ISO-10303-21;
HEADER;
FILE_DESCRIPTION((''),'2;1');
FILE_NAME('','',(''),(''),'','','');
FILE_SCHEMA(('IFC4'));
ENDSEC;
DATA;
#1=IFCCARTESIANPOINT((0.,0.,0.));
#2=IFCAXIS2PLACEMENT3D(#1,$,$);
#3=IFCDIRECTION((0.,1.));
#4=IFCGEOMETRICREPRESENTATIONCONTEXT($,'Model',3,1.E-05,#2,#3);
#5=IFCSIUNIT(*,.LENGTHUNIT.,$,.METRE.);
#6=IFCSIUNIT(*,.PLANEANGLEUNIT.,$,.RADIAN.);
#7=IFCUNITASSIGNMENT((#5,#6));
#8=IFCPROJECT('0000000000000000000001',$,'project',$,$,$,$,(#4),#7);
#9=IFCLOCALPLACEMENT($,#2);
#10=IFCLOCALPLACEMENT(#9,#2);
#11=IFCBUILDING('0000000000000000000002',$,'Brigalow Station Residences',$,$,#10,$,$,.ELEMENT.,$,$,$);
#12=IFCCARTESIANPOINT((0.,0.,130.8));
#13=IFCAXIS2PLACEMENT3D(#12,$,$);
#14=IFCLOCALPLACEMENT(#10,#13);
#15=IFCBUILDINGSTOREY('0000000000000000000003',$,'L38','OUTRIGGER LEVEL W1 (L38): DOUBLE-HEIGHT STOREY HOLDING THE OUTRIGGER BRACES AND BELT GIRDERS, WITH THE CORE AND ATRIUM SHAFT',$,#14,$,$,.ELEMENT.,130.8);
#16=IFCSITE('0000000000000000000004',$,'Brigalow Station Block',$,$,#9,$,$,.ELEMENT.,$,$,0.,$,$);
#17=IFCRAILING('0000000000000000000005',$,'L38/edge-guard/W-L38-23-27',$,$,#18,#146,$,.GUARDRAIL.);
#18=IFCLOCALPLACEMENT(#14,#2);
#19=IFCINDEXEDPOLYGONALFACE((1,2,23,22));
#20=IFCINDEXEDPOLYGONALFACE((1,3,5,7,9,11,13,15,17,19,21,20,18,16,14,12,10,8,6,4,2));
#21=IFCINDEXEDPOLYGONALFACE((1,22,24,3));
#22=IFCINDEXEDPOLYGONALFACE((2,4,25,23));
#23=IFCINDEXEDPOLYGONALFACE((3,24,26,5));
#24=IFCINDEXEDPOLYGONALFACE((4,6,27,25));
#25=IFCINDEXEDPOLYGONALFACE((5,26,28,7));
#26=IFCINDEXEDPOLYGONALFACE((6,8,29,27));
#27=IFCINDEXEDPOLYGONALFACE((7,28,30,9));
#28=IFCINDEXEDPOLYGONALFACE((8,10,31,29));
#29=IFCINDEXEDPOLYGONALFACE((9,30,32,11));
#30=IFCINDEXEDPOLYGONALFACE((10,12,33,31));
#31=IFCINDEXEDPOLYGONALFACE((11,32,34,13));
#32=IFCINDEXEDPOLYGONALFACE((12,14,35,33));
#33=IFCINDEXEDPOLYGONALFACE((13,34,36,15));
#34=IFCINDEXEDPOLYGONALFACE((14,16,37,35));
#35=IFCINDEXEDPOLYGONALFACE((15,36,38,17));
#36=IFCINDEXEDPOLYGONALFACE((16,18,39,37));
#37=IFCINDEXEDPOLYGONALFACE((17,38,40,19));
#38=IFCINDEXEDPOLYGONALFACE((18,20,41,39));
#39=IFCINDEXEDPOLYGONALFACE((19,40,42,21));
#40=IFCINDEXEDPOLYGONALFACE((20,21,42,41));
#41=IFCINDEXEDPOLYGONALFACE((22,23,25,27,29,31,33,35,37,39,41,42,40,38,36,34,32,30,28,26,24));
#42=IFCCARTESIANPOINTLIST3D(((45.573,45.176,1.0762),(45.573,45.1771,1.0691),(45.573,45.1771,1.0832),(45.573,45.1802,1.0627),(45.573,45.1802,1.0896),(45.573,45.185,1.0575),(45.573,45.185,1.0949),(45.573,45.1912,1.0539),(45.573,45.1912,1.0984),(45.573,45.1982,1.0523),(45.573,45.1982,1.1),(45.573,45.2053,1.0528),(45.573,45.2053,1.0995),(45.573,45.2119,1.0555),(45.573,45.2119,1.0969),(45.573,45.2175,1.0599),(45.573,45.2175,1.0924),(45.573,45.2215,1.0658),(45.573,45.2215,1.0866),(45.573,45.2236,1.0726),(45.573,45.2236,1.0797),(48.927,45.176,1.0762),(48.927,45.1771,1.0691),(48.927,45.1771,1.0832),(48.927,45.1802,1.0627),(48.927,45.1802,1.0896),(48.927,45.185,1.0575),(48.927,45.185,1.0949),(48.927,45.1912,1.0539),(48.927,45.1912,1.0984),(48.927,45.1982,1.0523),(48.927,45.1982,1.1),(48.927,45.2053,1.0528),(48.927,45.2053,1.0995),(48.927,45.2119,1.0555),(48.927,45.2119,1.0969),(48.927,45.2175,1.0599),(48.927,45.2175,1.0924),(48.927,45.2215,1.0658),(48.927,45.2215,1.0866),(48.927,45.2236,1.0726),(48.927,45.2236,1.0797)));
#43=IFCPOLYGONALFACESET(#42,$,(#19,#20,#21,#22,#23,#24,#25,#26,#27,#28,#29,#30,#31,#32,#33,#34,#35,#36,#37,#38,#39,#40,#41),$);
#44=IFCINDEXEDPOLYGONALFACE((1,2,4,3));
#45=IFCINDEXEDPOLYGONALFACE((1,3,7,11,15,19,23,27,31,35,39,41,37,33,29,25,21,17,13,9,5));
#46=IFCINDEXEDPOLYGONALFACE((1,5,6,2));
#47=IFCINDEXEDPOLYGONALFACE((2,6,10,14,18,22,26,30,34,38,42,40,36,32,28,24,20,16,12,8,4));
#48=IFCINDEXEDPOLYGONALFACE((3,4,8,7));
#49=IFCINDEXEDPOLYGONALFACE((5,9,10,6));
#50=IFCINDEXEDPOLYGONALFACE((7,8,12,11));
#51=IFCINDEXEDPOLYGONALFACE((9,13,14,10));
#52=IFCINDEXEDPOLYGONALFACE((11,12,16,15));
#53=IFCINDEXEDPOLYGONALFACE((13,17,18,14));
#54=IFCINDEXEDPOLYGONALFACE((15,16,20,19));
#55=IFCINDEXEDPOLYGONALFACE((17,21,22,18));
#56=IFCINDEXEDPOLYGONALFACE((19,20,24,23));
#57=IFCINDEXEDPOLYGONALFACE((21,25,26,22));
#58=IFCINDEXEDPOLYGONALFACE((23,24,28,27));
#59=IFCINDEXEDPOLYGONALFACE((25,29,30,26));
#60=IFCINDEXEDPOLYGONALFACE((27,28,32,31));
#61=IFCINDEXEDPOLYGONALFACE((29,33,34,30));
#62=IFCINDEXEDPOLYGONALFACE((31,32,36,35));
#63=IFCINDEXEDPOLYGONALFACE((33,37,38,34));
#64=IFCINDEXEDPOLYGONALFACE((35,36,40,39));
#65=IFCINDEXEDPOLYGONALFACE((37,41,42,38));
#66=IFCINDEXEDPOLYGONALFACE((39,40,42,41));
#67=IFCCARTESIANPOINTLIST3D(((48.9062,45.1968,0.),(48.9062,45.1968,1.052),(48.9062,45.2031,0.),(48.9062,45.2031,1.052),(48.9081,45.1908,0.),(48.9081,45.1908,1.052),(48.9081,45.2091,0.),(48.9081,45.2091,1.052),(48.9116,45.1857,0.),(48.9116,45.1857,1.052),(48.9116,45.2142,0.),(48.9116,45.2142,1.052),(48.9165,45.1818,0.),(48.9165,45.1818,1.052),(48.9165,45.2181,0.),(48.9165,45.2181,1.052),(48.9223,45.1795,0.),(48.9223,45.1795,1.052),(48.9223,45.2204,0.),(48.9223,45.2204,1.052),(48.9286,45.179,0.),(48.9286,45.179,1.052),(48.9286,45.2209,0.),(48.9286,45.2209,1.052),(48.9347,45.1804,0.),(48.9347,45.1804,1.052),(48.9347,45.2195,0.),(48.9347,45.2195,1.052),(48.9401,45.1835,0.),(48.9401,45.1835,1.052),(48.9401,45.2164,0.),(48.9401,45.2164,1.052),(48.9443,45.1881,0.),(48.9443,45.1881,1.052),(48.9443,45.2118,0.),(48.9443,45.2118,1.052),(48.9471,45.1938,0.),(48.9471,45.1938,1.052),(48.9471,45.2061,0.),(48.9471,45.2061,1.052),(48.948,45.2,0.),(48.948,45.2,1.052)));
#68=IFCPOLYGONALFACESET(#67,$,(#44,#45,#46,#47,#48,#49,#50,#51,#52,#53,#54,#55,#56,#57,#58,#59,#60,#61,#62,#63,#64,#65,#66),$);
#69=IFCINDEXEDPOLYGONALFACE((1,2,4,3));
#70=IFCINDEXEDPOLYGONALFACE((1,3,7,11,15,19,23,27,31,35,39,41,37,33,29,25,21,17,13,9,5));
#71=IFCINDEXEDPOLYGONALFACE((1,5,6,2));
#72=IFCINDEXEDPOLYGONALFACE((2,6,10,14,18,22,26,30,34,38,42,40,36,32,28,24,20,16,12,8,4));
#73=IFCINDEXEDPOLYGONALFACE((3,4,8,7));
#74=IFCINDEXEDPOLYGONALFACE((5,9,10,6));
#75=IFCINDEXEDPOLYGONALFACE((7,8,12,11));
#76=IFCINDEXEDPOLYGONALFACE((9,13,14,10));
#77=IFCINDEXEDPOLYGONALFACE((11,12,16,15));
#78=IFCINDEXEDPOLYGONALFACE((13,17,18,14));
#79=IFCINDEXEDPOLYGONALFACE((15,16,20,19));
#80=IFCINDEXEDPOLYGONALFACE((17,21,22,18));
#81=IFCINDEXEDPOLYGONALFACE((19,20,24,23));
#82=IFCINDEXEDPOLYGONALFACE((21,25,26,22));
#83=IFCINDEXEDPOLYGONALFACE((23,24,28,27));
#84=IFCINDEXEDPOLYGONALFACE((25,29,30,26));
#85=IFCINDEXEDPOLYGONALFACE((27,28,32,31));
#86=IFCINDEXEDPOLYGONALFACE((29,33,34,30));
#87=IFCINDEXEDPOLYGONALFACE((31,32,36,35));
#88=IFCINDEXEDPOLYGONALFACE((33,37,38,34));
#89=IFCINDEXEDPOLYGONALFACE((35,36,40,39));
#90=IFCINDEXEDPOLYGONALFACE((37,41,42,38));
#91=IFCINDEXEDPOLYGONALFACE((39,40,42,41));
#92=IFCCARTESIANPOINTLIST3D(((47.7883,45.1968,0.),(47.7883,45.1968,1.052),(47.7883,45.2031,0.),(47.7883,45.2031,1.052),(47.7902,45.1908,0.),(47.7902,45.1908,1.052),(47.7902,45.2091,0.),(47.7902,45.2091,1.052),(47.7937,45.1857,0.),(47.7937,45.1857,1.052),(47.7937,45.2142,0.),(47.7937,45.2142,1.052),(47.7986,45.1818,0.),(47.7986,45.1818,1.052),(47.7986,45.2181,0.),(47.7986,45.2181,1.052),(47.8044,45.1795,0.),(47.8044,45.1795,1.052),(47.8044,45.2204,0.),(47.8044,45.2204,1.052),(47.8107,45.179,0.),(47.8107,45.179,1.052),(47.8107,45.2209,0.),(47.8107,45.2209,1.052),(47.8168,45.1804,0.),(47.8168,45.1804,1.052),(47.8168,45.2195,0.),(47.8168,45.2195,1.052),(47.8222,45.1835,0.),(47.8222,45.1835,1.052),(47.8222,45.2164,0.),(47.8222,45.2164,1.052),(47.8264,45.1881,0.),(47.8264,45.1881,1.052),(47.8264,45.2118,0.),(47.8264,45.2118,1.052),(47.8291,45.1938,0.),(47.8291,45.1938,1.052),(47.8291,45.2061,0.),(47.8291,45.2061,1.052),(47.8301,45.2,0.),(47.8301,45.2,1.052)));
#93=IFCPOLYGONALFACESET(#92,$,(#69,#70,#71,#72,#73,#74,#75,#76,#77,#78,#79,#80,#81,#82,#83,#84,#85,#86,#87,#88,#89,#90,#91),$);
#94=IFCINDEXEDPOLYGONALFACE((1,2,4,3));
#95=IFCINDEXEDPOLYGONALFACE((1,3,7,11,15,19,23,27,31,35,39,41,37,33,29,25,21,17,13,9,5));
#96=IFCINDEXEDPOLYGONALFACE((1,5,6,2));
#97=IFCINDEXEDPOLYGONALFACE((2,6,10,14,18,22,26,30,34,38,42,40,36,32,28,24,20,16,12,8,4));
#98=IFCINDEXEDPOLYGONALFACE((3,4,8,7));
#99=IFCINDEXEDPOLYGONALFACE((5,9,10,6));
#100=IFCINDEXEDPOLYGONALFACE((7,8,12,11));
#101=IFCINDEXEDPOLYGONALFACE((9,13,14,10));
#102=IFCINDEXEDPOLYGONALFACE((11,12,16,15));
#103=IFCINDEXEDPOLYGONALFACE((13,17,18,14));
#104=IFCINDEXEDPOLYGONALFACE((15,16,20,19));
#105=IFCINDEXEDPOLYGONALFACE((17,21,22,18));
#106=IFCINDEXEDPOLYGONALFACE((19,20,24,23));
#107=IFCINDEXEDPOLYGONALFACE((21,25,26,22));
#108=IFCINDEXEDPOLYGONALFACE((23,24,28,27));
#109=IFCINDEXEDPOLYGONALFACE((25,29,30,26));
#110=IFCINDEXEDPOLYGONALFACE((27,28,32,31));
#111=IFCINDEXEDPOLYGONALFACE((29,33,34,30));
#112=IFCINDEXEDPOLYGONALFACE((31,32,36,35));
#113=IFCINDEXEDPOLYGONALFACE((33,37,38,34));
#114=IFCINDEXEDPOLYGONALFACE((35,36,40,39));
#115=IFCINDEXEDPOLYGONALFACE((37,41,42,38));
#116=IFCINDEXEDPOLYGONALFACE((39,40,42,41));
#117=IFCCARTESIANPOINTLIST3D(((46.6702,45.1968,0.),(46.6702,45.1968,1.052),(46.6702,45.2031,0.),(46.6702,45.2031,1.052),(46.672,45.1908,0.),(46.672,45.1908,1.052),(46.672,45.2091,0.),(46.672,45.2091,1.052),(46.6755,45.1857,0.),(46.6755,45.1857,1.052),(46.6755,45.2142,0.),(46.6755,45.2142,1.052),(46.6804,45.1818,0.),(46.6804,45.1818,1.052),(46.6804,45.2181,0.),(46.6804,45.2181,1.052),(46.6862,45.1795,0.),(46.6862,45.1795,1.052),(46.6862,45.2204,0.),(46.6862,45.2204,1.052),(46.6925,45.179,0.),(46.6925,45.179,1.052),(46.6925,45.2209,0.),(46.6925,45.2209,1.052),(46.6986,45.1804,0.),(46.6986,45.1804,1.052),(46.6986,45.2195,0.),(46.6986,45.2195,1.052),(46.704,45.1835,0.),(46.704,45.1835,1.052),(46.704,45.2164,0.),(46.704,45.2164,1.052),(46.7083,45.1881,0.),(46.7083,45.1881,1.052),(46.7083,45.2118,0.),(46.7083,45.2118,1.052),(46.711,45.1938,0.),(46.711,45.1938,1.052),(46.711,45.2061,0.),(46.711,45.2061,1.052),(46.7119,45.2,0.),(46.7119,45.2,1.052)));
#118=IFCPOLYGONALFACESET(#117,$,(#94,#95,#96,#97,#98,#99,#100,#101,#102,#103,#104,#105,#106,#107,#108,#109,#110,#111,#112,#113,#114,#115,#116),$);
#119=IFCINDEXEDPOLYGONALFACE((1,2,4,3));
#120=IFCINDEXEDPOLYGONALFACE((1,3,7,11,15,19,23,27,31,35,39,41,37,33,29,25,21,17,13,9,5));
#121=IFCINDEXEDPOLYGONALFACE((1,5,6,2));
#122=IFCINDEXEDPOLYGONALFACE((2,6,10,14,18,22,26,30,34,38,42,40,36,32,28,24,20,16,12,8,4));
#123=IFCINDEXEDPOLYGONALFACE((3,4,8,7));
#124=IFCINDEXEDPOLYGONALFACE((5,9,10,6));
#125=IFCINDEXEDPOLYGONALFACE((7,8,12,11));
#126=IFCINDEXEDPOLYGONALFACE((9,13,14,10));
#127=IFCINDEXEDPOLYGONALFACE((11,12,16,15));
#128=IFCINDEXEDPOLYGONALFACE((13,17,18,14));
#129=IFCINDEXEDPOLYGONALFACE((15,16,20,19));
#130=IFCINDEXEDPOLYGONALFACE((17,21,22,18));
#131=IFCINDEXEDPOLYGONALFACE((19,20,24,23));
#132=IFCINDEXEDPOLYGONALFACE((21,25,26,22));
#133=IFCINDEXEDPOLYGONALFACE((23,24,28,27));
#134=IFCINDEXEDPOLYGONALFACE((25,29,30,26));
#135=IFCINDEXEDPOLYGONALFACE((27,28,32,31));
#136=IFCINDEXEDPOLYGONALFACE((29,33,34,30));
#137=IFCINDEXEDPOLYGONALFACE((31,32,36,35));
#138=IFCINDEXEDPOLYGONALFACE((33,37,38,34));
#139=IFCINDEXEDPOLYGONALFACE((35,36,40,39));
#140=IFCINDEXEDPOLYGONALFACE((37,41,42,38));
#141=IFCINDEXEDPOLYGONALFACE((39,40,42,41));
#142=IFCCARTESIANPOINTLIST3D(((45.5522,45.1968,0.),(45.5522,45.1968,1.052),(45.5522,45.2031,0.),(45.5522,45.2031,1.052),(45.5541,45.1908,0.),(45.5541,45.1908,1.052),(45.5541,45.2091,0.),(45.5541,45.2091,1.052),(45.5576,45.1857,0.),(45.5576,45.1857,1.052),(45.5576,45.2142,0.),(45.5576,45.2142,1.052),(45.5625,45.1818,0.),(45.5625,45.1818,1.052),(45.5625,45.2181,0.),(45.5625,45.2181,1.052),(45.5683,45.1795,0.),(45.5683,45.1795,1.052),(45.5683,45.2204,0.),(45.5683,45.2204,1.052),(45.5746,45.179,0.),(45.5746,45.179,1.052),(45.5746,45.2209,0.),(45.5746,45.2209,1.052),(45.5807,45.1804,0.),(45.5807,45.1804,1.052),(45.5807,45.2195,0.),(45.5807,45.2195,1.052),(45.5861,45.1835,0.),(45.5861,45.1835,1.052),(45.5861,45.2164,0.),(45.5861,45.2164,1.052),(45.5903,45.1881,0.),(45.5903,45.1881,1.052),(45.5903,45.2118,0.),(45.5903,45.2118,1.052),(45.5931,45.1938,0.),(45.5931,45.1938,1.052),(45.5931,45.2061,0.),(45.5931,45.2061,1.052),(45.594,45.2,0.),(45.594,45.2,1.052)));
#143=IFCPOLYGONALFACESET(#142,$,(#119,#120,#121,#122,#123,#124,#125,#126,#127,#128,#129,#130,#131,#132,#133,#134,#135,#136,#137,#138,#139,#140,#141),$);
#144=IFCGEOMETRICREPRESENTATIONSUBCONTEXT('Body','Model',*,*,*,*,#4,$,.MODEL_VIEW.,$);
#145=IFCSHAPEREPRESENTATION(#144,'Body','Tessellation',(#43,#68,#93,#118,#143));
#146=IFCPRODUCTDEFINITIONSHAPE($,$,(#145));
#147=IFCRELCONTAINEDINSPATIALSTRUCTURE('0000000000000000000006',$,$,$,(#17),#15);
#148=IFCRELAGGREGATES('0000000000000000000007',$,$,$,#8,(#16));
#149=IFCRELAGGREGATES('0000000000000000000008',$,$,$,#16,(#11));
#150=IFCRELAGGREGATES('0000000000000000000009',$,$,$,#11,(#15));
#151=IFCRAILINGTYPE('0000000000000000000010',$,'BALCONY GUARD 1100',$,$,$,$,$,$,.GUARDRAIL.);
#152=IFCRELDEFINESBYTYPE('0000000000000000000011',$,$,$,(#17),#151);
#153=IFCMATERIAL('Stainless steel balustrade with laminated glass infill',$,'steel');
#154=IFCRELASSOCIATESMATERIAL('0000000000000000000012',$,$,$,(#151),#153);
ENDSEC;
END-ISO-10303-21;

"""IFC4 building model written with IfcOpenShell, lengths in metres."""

from ifc_helpers import new_model, si_unit, direction, frame, origin, origin_2d, place, context, subcontext, project, spatial, circle, extrude, material, type_object, element, save


model = new_model("IFC4")

# Units and contexts
model_context = context("Model", 3, precision=1e-05, world=origin(), true_north=direction((0.0, 1.0)))
body_context = subcontext(model_context, "Body", "Model", "MODEL_VIEW")
ifc_project = project(units=[si_unit("LENGTHUNIT", "METRE"), si_unit("PLANEANGLEUNIT", "RADIAN")], contexts=[model_context])

# Site, building, storey
site_placement = place(None, origin())
site = spatial("IfcSite", under=ifc_project, at=site_placement, Name="Brigalow Station Block", CompositionType="ELEMENT", RefElevation=0.0)
building_placement = place(site_placement, origin())
building = spatial("IfcBuilding", under=site, at=building_placement, Name="Brigalow Station Residences", CompositionType="ELEMENT")
storey_placement = place(building_placement, frame((0.0, 0.0, 130.8)))
storey = spatial("IfcBuildingStorey", under=building, at=storey_placement, Name="L38", Description="OUTRIGGER LEVEL W1 (L38): DOUBLE-HEIGHT STOREY HOLDING THE OUTRIGGER BRACES AND BELT GIRDERS, WITH THE CORE AND ATRIUM SHAFT", CompositionType="ELEMENT", Elevation=130.8)

# Railing
ifc_material_1 = material(Name="Stainless steel balustrade with laminated glass infill", Category="steel")
railing_type = type_object("IfcRailingType", Name="BALCONY GUARD 1100", PredefinedType="GUARDRAIL", material=ifc_material_1)
for number, where, name in (
    (1, (48.927, 45.2, 0.0), "L38/edge-guard/W-L38-23-27"),
):
    element("IfcRailing", number, at=place(storey_placement, frame(where)), inside=storey, type_object=railing_type, Name=name, PredefinedType="GUARDRAIL", context=body_context, shape_type="SweptSolid", body=[
        extrude(circle(Radius=0.0239, at=origin_2d()), frame((0.0, 0.0, 1.0762), z_axis=(-1.0, 0.0, 0.0), x_axis=(0.0, -1.0, 0.0)), (0.0, 0.0, 1.0), 3.354),
        extrude(circle(Radius=0.021, at=origin_2d()), origin(), (0.0, 0.0, 1.0), 1.052),
        extrude(circle(Radius=0.021, at=origin_2d()), frame((-1.1179, 0.0, 0.0)), (0.0, 0.0, 1.0), 1.052),
        extrude(circle(Radius=0.021, at=origin_2d()), frame((-2.2361, 0.0, 0.0)), (0.0, 0.0, 1.0), 1.052),
        extrude(circle(Radius=0.021, at=origin_2d()), frame((-3.354, 0.0, 0.0)), (0.0, 0.0, 1.0), 1.052),
    ])

save(model, "model.ifc")
